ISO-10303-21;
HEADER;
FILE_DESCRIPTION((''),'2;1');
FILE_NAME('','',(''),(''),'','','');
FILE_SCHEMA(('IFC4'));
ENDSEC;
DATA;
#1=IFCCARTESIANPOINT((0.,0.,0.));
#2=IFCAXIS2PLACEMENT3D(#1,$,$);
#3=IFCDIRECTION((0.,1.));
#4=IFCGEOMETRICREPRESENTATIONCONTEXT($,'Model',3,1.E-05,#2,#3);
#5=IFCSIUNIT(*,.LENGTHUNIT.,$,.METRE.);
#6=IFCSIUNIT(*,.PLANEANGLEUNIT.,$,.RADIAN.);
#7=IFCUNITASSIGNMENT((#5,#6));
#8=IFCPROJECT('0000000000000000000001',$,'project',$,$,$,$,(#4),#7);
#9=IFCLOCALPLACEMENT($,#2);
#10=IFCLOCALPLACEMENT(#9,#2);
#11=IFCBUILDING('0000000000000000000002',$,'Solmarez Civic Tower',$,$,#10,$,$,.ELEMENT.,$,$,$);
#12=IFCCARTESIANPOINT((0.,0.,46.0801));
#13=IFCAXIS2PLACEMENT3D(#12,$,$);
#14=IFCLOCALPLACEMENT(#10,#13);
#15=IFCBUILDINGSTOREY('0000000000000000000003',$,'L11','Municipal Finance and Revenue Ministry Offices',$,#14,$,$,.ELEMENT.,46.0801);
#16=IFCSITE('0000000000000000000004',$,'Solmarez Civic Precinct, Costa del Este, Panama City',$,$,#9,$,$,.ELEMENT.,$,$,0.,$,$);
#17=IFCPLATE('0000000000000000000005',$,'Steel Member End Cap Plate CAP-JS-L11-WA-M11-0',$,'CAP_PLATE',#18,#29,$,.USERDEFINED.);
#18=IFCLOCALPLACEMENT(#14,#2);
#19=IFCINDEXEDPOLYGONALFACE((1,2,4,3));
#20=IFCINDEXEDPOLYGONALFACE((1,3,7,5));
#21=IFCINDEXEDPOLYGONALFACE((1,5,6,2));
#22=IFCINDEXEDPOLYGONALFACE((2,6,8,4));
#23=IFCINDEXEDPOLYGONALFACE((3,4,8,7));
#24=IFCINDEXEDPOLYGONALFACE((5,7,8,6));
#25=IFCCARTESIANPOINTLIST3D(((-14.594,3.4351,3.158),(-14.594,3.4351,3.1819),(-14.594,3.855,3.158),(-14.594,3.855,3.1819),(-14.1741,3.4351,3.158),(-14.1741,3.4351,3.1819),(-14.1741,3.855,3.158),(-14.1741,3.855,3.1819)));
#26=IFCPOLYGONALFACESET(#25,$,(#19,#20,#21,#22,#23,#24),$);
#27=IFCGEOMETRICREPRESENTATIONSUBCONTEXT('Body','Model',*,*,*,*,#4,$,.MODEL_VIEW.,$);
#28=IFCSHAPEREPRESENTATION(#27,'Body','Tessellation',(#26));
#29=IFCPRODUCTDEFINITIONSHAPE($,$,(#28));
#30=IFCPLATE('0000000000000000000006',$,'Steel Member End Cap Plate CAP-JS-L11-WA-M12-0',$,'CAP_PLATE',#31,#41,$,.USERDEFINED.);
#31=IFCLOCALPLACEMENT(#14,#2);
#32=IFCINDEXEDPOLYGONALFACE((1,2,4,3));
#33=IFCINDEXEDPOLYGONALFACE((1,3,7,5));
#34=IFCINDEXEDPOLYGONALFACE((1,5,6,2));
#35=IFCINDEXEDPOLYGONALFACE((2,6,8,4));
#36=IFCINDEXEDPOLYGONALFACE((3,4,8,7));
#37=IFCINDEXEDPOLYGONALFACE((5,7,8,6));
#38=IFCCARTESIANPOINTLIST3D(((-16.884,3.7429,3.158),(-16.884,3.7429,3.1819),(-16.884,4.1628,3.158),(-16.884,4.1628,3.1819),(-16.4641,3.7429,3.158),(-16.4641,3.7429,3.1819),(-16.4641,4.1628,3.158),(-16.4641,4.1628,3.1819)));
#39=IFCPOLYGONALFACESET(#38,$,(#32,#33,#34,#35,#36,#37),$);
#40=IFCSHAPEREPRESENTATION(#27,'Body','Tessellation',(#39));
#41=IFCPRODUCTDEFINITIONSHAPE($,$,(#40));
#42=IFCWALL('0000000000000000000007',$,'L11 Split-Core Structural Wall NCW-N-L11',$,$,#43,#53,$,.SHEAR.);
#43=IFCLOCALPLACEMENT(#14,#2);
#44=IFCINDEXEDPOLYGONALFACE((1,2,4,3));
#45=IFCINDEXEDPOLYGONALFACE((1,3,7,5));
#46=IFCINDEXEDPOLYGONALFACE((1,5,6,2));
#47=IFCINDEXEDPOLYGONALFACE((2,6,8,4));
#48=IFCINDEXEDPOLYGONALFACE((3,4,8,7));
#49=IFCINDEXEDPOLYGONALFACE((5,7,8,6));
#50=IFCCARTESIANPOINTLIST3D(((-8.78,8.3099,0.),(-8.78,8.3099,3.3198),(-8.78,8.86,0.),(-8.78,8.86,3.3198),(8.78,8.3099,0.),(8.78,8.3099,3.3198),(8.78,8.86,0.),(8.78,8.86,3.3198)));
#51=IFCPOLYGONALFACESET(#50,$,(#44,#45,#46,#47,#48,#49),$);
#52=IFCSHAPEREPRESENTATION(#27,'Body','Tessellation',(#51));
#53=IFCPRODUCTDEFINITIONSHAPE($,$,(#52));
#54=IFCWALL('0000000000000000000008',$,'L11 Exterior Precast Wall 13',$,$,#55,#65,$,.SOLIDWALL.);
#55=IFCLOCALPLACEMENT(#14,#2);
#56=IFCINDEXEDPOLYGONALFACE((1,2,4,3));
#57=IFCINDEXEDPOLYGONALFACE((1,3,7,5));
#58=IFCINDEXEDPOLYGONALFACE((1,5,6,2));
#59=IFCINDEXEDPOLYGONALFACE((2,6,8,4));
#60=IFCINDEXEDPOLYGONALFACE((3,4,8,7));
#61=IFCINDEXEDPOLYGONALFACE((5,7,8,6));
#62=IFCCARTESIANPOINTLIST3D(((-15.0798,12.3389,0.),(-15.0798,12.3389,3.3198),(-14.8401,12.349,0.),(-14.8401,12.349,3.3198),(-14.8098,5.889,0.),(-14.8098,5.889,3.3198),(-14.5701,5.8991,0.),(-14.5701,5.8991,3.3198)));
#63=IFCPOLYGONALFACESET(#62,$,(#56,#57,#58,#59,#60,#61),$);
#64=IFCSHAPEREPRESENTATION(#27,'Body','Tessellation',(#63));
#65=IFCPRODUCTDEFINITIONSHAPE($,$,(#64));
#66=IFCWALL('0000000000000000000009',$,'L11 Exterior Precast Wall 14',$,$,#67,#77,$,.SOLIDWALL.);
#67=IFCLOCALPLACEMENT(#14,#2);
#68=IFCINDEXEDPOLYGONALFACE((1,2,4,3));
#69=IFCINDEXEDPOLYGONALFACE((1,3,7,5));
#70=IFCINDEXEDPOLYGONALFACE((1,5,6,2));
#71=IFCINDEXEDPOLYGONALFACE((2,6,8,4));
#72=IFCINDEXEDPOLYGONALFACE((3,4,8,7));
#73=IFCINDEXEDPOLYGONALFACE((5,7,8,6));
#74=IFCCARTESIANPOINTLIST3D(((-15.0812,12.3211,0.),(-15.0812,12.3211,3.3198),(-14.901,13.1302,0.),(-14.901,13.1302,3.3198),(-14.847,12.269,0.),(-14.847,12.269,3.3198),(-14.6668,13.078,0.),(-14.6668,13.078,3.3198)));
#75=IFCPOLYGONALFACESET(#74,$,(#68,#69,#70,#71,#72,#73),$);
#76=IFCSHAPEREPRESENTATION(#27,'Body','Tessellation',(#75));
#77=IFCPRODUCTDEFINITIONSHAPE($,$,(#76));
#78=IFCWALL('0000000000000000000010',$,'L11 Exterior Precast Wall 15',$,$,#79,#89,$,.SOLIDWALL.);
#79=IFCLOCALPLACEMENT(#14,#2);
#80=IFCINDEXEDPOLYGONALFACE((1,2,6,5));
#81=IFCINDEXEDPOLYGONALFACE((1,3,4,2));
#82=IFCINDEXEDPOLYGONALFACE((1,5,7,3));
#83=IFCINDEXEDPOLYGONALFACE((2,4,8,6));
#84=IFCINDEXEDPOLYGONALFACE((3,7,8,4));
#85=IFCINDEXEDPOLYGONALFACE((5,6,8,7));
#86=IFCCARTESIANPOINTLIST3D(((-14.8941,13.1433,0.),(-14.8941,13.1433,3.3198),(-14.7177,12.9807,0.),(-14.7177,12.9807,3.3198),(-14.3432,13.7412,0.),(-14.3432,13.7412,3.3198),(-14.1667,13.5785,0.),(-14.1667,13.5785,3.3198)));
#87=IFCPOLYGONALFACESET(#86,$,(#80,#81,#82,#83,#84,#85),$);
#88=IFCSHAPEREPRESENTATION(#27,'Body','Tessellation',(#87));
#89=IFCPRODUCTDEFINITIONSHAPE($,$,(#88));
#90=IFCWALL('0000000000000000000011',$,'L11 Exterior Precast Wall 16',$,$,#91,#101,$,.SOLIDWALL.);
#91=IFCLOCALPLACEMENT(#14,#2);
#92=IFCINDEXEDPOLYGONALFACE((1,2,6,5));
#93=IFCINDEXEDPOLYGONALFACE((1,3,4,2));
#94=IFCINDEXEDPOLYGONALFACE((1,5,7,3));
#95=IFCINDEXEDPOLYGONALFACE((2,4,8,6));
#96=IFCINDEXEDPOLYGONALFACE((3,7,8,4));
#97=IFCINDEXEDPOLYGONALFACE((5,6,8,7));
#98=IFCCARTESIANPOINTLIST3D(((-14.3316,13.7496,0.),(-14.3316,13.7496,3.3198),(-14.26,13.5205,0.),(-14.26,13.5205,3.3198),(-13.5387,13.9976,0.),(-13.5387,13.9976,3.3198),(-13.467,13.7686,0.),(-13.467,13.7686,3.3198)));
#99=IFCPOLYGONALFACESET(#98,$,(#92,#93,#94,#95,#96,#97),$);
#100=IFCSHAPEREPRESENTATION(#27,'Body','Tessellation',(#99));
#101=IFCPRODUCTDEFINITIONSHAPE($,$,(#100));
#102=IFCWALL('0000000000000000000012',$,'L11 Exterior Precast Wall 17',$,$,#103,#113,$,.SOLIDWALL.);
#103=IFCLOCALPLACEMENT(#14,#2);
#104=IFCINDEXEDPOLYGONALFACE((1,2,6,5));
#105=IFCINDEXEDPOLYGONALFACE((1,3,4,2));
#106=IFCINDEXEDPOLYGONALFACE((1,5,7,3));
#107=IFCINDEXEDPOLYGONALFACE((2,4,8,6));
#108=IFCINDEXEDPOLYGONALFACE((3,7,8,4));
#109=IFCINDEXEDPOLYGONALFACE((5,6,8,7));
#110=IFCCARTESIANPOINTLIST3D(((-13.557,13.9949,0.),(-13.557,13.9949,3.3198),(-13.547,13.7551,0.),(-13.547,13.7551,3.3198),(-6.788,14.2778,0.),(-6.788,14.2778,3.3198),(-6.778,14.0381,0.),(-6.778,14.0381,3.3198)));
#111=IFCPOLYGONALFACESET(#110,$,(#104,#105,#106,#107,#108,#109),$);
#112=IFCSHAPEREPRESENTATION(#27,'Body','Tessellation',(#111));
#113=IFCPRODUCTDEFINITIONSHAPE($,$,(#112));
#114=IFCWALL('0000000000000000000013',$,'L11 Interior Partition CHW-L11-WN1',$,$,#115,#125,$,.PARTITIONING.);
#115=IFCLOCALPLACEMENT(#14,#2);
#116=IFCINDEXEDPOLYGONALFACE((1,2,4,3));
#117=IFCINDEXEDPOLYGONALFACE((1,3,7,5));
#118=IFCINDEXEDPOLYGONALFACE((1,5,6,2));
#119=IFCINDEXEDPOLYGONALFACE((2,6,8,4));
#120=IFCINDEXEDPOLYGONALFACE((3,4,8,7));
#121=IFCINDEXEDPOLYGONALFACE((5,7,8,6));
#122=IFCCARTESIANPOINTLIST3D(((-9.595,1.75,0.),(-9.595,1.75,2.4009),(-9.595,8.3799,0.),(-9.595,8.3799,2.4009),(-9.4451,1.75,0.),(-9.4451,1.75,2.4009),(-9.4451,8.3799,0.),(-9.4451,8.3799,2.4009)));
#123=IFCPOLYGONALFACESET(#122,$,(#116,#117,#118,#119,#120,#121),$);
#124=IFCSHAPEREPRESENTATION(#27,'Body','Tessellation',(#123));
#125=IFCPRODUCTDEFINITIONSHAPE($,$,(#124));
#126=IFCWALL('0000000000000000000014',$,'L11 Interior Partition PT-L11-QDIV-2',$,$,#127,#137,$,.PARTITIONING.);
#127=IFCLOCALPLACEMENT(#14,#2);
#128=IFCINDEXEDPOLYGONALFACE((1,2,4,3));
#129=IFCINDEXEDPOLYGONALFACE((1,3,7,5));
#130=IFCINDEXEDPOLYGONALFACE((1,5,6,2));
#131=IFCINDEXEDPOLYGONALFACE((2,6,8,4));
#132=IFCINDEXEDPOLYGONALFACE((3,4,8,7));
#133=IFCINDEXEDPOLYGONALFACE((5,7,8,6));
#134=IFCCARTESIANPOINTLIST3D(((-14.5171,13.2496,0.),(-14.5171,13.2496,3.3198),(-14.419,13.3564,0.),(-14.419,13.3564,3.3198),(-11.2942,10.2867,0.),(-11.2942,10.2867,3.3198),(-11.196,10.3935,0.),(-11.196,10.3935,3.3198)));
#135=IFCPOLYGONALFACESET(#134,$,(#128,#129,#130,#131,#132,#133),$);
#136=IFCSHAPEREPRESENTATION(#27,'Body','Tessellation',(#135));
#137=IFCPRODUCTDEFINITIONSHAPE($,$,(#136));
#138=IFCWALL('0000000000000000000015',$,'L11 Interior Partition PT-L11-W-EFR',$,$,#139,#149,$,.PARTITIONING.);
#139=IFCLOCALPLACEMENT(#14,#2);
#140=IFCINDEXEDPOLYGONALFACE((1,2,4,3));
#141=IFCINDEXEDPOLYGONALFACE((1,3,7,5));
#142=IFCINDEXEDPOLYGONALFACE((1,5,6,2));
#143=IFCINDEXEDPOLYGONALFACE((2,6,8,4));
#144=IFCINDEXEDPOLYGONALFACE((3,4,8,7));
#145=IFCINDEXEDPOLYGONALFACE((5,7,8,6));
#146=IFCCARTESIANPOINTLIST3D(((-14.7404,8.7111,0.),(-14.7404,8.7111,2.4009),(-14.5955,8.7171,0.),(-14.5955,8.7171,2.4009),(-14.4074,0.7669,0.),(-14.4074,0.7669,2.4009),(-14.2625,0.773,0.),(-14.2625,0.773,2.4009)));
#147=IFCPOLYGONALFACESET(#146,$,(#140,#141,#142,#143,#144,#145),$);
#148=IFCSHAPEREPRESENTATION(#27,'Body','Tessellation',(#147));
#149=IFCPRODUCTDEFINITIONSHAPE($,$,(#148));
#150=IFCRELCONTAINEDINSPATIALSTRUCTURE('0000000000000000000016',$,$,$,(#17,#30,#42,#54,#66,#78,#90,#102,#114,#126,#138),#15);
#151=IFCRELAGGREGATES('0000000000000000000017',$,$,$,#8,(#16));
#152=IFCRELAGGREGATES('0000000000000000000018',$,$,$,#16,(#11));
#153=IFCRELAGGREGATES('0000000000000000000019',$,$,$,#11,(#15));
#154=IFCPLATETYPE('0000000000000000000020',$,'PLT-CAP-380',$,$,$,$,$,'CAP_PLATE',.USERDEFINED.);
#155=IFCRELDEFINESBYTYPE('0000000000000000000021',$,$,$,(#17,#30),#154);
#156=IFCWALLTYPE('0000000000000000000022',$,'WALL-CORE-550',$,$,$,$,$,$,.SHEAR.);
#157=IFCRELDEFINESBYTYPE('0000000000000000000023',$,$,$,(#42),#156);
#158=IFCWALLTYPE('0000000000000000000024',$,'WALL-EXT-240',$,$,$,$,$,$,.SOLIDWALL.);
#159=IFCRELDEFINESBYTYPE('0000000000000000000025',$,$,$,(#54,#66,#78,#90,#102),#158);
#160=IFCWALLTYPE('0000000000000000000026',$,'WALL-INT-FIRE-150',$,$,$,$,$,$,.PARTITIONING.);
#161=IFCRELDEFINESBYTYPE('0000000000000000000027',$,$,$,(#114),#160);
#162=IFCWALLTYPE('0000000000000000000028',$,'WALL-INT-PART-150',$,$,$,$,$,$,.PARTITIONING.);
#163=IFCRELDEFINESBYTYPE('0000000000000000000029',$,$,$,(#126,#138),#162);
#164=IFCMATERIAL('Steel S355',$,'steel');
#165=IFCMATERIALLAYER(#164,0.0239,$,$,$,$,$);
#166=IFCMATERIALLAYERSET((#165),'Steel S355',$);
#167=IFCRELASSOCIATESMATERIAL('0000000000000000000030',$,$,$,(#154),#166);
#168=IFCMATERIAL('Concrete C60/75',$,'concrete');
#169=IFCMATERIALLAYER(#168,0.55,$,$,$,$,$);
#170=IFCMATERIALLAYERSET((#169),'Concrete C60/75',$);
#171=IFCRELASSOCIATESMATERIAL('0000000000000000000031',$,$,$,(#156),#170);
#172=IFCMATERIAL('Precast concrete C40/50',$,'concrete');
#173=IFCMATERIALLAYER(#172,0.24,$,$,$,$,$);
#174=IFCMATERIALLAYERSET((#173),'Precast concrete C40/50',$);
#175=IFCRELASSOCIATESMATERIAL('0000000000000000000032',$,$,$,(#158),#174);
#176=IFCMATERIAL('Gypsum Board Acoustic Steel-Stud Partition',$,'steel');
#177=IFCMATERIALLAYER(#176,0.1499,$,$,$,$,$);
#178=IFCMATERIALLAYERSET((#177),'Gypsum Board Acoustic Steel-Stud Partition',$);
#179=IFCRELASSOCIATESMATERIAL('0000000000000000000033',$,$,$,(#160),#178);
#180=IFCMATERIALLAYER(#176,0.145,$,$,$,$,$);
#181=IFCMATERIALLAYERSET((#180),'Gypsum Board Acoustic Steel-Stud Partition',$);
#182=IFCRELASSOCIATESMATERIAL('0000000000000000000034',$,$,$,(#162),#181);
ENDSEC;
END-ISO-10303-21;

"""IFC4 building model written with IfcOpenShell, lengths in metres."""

from ifc_helpers import new_model, si_unit, direction, frame, frame_2d, origin, origin_2d, place, context, subcontext, project, spatial, rectangle, extrude, material, layer, layer_set, type_object, element, save


model = new_model("IFC4")

# Units and contexts
model_context = context("Model", 3, precision=1e-05, world=origin(), true_north=direction((0.0, 1.0)))
body_context = subcontext(model_context, "Body", "Model", "MODEL_VIEW")
ifc_project = project(units=[si_unit("LENGTHUNIT", "METRE"), si_unit("PLANEANGLEUNIT", "RADIAN")], contexts=[model_context])

# Site, building, storey
site_placement = place(None, origin())
site = spatial("IfcSite", under=ifc_project, at=site_placement, Name="Solmarez Civic Precinct, Costa del Este, Panama City", CompositionType="ELEMENT", RefElevation=0.0)
building_placement = place(site_placement, origin())
building = spatial("IfcBuilding", under=site, at=building_placement, Name="Solmarez Civic Tower", CompositionType="ELEMENT")
storey_placement = place(building_placement, frame((0.0, 0.0, 46.0801)))
storey = spatial("IfcBuildingStorey", under=building, at=storey_placement, Name="L11", Description="Municipal Finance and Revenue Ministry Offices", CompositionType="ELEMENT", Elevation=46.0801)

# Shared definitions
ifc_material_1 = material(Name="Concrete C60/75", Category="concrete")

# Shared definitions
ifc_material_2 = material(Name="Steel S355", Category="steel")

# Plates
ifc_layer_1 = layer(ifc_material_2, 0.0239)
ifc_layer_set_1 = layer_set([ifc_layer_1], Name="Steel S355")
plate_type = type_object("IfcPlateType", Name="PLT-CAP-380", ElementType="CAP_PLATE", PredefinedType="USERDEFINED", material=ifc_layer_set_1)
for number, where, z_axis, x_axis, name in (
    (1, (-14.384, 3.645, 3.158), (0.0, 0.0, 1.0), (1.0, 0.0, 0.0), "Steel Member End Cap Plate CAP-JS-L11-WA-M11-0"),
    (2, (-16.6741, 3.9529, 3.158), (0.0, 0.0, 1.0), (1.0, 0.0, 0.0), "Steel Member End Cap Plate CAP-JS-L11-WA-M12-0"),
):
    element("IfcPlate", number, at=place(storey_placement, frame(where, z_axis=z_axis, x_axis=x_axis)), inside=storey, type_object=plate_type, Name=name, ObjectType="CAP_PLATE", PredefinedType="USERDEFINED", context=body_context, shape_type="SweptSolid", body=[
        extrude(rectangle(XDim=0.4199, YDim=0.4199, at=origin_2d()), origin(), (0.0, 0.0, 1.0), 0.0239),
    ])

# Walls
ifc_layer_2 = layer(ifc_material_1, 0.55)
ifc_layer_set_2 = layer_set([ifc_layer_2], Name="Concrete C60/75")
wall_type_1 = type_object("IfcWallType", Name="WALL-CORE-550", PredefinedType="SHEAR", material=ifc_layer_set_2)
wall_1_placement = place(storey_placement, frame((-8.78, 8.585, 0.0), z_axis=(0.0, 0.0, 1.0), x_axis=(1.0, 0.0, 0.0)))
element("IfcWall", 3, at=wall_1_placement, inside=storey, type_object=wall_type_1, Name="L11 Split-Core Structural Wall NCW-N-L11", PredefinedType="SHEAR", context=body_context, shape_type="SweptSolid", body=[
    extrude(rectangle(XDim=17.5601, YDim=0.55, at=frame_2d((8.78, 0.0))), origin(), (0.0, 0.0, 1.0), 3.3198),
])
ifc_material_3 = material(Name="Precast concrete C40/50", Category="concrete")
ifc_layer_3 = layer(ifc_material_3, 0.24)
ifc_layer_set_3 = layer_set([ifc_layer_3], Name="Precast concrete C40/50")
wall_type_2 = type_object("IfcWallType", Name="WALL-EXT-240", PredefinedType="SOLIDWALL", material=ifc_layer_set_3)
wall_2_placement = place(storey_placement, frame((-14.6899, 5.894, 0.0), z_axis=(0.0, 0.0, 1.0), x_axis=(-0.041827, 0.999125, 0.0)))
element("IfcWall", 4, at=wall_2_placement, inside=storey, type_object=wall_type_2, Name="L11 Exterior Precast Wall 13", PredefinedType="SOLIDWALL", context=body_context, shape_type="SweptSolid", body=[
    extrude(rectangle(XDim=6.4556, YDim=0.24, at=frame_2d((3.2278, 0.0))), origin(), (0.0, 0.0, 1.0), 3.3198),
])
wall_3_placement = place(storey_placement, frame((-14.9641, 12.2949, 0.0), z_axis=(0.0, 0.0, 1.0), x_axis=(0.217367, 0.97609, 0.0)))
element("IfcWall", 5, at=wall_3_placement, inside=storey, type_object=wall_type_2, Name="L11 Exterior Precast Wall 14", PredefinedType="SOLIDWALL", context=body_context, shape_type="SweptSolid", body=[
    extrude(rectangle(XDim=0.8289, YDim=0.24, at=frame_2d((0.4146, 0.0))), origin(), (0.0, 0.0, 1.0), 3.3198),
])
wall_4_placement = place(storey_placement, frame((-14.8059, 13.062, 0.0), z_axis=(0.0, 0.0, 1.0), x_axis=(0.677694, 0.735344, 0.0)))
element("IfcWall", 6, at=wall_4_placement, inside=storey, type_object=wall_type_2, Name="L11 Exterior Precast Wall 15", PredefinedType="SOLIDWALL", context=body_context, shape_type="SweptSolid", body=[
    extrude(rectangle(XDim=0.813, YDim=0.24, at=frame_2d((0.4065, 0.0))), origin(), (0.0, 0.0, 1.0), 3.3198),
])
wall_5_placement = place(storey_placement, frame((-14.2959, 13.635, 0.0), z_axis=(0.0, 0.0, 1.0), x_axis=(0.954396, 0.298543, 0.0)))
element("IfcWall", 7, at=wall_5_placement, inside=storey, type_object=wall_type_2, Name="L11 Exterior Precast Wall 16", PredefinedType="SOLIDWALL", context=body_context, shape_type="SweptSolid", body=[
    extrude(rectangle(XDim=0.8308, YDim=0.24, at=frame_2d((0.4155, 0.0))), origin(), (0.0, 0.0, 1.0), 3.3198),
])
wall_6_placement = place(storey_placement, frame((-13.552, 13.875, 0.0), z_axis=(0.0, 0.0, 1.0), x_axis=(0.999127, 0.041765, 0.0)))
element("IfcWall", 8, at=wall_6_placement, inside=storey, type_object=wall_type_2, Name="L11 Exterior Precast Wall 17", PredefinedType="SOLIDWALL", context=body_context, shape_type="SweptSolid", body=[
    extrude(rectangle(XDim=6.7749, YDim=0.24, at=frame_2d((3.3875, 0.0))), origin(), (0.0, 0.0, 1.0), 3.3198),
])
ifc_material_4 = material(Name="Gypsum Board Acoustic Steel-Stud Partition", Category="steel")
ifc_layer_4 = layer(ifc_material_4, 0.1499)
ifc_layer_set_4 = layer_set([ifc_layer_4], Name="Gypsum Board Acoustic Steel-Stud Partition")
wall_type_3 = type_object("IfcWallType", Name="WALL-INT-FIRE-150", PredefinedType="PARTITIONING", material=ifc_layer_set_4)
wall_7_placement = place(storey_placement, frame((-9.52, 1.75, 0.0), z_axis=(0.0, 0.0, 1.0), x_axis=(0.0, 1.0, 0.0)))
element("IfcWall", 9, at=wall_7_placement, inside=storey, type_object=wall_type_3, Name="L11 Interior Partition CHW-L11-WN1", PredefinedType="PARTITIONING", context=body_context, shape_type="SweptSolid", body=[
    extrude(rectangle(XDim=6.6299, YDim=0.1499, at=frame_2d((3.3149, 0.0))), origin(), (0.0, 0.0, 1.0), 2.4009),
])
ifc_layer_5 = layer(ifc_material_4, 0.145)
ifc_layer_set_5 = layer_set([ifc_layer_5], Name="Gypsum Board Acoustic Steel-Stud Partition")
wall_type_4 = type_object("IfcWallType", Name="WALL-INT-PART-150", PredefinedType="PARTITIONING", material=ifc_layer_set_5)
wall_8_placement = place(storey_placement, frame((-11.2451, 10.3401, 0.0), z_axis=(0.0, 0.0, 1.0), x_axis=(-0.736179, 0.676787, 0.0)))
element("IfcWall", 10, at=wall_8_placement, inside=storey, type_object=wall_type_4, Name="L11 Interior Partition PT-L11-QDIV-2", PredefinedType="PARTITIONING", context=body_context, shape_type="SweptSolid", body=[
    extrude(rectangle(XDim=4.3779, YDim=0.145, at=frame_2d((2.189, 0.0))), origin(), (0.0, 0.0, 1.0), 3.3198),
])
wall_9_placement = place(storey_placement, frame((-14.668, 8.7141, 0.0), z_axis=(0.0, 0.0, 1.0), x_axis=(0.041882, -0.999123, 0.0)))
element("IfcWall", 11, at=wall_9_placement, inside=storey, type_object=wall_type_4, Name="L11 Interior Partition PT-L11-W-EFR", PredefinedType="PARTITIONING", context=body_context, shape_type="SweptSolid", body=[
    extrude(rectangle(XDim=7.9512, YDim=0.145, at=frame_2d((3.9756, 0.0))), origin(), (0.0, 0.0, 1.0), 2.4009),
])

save(model, "model.ifc")
